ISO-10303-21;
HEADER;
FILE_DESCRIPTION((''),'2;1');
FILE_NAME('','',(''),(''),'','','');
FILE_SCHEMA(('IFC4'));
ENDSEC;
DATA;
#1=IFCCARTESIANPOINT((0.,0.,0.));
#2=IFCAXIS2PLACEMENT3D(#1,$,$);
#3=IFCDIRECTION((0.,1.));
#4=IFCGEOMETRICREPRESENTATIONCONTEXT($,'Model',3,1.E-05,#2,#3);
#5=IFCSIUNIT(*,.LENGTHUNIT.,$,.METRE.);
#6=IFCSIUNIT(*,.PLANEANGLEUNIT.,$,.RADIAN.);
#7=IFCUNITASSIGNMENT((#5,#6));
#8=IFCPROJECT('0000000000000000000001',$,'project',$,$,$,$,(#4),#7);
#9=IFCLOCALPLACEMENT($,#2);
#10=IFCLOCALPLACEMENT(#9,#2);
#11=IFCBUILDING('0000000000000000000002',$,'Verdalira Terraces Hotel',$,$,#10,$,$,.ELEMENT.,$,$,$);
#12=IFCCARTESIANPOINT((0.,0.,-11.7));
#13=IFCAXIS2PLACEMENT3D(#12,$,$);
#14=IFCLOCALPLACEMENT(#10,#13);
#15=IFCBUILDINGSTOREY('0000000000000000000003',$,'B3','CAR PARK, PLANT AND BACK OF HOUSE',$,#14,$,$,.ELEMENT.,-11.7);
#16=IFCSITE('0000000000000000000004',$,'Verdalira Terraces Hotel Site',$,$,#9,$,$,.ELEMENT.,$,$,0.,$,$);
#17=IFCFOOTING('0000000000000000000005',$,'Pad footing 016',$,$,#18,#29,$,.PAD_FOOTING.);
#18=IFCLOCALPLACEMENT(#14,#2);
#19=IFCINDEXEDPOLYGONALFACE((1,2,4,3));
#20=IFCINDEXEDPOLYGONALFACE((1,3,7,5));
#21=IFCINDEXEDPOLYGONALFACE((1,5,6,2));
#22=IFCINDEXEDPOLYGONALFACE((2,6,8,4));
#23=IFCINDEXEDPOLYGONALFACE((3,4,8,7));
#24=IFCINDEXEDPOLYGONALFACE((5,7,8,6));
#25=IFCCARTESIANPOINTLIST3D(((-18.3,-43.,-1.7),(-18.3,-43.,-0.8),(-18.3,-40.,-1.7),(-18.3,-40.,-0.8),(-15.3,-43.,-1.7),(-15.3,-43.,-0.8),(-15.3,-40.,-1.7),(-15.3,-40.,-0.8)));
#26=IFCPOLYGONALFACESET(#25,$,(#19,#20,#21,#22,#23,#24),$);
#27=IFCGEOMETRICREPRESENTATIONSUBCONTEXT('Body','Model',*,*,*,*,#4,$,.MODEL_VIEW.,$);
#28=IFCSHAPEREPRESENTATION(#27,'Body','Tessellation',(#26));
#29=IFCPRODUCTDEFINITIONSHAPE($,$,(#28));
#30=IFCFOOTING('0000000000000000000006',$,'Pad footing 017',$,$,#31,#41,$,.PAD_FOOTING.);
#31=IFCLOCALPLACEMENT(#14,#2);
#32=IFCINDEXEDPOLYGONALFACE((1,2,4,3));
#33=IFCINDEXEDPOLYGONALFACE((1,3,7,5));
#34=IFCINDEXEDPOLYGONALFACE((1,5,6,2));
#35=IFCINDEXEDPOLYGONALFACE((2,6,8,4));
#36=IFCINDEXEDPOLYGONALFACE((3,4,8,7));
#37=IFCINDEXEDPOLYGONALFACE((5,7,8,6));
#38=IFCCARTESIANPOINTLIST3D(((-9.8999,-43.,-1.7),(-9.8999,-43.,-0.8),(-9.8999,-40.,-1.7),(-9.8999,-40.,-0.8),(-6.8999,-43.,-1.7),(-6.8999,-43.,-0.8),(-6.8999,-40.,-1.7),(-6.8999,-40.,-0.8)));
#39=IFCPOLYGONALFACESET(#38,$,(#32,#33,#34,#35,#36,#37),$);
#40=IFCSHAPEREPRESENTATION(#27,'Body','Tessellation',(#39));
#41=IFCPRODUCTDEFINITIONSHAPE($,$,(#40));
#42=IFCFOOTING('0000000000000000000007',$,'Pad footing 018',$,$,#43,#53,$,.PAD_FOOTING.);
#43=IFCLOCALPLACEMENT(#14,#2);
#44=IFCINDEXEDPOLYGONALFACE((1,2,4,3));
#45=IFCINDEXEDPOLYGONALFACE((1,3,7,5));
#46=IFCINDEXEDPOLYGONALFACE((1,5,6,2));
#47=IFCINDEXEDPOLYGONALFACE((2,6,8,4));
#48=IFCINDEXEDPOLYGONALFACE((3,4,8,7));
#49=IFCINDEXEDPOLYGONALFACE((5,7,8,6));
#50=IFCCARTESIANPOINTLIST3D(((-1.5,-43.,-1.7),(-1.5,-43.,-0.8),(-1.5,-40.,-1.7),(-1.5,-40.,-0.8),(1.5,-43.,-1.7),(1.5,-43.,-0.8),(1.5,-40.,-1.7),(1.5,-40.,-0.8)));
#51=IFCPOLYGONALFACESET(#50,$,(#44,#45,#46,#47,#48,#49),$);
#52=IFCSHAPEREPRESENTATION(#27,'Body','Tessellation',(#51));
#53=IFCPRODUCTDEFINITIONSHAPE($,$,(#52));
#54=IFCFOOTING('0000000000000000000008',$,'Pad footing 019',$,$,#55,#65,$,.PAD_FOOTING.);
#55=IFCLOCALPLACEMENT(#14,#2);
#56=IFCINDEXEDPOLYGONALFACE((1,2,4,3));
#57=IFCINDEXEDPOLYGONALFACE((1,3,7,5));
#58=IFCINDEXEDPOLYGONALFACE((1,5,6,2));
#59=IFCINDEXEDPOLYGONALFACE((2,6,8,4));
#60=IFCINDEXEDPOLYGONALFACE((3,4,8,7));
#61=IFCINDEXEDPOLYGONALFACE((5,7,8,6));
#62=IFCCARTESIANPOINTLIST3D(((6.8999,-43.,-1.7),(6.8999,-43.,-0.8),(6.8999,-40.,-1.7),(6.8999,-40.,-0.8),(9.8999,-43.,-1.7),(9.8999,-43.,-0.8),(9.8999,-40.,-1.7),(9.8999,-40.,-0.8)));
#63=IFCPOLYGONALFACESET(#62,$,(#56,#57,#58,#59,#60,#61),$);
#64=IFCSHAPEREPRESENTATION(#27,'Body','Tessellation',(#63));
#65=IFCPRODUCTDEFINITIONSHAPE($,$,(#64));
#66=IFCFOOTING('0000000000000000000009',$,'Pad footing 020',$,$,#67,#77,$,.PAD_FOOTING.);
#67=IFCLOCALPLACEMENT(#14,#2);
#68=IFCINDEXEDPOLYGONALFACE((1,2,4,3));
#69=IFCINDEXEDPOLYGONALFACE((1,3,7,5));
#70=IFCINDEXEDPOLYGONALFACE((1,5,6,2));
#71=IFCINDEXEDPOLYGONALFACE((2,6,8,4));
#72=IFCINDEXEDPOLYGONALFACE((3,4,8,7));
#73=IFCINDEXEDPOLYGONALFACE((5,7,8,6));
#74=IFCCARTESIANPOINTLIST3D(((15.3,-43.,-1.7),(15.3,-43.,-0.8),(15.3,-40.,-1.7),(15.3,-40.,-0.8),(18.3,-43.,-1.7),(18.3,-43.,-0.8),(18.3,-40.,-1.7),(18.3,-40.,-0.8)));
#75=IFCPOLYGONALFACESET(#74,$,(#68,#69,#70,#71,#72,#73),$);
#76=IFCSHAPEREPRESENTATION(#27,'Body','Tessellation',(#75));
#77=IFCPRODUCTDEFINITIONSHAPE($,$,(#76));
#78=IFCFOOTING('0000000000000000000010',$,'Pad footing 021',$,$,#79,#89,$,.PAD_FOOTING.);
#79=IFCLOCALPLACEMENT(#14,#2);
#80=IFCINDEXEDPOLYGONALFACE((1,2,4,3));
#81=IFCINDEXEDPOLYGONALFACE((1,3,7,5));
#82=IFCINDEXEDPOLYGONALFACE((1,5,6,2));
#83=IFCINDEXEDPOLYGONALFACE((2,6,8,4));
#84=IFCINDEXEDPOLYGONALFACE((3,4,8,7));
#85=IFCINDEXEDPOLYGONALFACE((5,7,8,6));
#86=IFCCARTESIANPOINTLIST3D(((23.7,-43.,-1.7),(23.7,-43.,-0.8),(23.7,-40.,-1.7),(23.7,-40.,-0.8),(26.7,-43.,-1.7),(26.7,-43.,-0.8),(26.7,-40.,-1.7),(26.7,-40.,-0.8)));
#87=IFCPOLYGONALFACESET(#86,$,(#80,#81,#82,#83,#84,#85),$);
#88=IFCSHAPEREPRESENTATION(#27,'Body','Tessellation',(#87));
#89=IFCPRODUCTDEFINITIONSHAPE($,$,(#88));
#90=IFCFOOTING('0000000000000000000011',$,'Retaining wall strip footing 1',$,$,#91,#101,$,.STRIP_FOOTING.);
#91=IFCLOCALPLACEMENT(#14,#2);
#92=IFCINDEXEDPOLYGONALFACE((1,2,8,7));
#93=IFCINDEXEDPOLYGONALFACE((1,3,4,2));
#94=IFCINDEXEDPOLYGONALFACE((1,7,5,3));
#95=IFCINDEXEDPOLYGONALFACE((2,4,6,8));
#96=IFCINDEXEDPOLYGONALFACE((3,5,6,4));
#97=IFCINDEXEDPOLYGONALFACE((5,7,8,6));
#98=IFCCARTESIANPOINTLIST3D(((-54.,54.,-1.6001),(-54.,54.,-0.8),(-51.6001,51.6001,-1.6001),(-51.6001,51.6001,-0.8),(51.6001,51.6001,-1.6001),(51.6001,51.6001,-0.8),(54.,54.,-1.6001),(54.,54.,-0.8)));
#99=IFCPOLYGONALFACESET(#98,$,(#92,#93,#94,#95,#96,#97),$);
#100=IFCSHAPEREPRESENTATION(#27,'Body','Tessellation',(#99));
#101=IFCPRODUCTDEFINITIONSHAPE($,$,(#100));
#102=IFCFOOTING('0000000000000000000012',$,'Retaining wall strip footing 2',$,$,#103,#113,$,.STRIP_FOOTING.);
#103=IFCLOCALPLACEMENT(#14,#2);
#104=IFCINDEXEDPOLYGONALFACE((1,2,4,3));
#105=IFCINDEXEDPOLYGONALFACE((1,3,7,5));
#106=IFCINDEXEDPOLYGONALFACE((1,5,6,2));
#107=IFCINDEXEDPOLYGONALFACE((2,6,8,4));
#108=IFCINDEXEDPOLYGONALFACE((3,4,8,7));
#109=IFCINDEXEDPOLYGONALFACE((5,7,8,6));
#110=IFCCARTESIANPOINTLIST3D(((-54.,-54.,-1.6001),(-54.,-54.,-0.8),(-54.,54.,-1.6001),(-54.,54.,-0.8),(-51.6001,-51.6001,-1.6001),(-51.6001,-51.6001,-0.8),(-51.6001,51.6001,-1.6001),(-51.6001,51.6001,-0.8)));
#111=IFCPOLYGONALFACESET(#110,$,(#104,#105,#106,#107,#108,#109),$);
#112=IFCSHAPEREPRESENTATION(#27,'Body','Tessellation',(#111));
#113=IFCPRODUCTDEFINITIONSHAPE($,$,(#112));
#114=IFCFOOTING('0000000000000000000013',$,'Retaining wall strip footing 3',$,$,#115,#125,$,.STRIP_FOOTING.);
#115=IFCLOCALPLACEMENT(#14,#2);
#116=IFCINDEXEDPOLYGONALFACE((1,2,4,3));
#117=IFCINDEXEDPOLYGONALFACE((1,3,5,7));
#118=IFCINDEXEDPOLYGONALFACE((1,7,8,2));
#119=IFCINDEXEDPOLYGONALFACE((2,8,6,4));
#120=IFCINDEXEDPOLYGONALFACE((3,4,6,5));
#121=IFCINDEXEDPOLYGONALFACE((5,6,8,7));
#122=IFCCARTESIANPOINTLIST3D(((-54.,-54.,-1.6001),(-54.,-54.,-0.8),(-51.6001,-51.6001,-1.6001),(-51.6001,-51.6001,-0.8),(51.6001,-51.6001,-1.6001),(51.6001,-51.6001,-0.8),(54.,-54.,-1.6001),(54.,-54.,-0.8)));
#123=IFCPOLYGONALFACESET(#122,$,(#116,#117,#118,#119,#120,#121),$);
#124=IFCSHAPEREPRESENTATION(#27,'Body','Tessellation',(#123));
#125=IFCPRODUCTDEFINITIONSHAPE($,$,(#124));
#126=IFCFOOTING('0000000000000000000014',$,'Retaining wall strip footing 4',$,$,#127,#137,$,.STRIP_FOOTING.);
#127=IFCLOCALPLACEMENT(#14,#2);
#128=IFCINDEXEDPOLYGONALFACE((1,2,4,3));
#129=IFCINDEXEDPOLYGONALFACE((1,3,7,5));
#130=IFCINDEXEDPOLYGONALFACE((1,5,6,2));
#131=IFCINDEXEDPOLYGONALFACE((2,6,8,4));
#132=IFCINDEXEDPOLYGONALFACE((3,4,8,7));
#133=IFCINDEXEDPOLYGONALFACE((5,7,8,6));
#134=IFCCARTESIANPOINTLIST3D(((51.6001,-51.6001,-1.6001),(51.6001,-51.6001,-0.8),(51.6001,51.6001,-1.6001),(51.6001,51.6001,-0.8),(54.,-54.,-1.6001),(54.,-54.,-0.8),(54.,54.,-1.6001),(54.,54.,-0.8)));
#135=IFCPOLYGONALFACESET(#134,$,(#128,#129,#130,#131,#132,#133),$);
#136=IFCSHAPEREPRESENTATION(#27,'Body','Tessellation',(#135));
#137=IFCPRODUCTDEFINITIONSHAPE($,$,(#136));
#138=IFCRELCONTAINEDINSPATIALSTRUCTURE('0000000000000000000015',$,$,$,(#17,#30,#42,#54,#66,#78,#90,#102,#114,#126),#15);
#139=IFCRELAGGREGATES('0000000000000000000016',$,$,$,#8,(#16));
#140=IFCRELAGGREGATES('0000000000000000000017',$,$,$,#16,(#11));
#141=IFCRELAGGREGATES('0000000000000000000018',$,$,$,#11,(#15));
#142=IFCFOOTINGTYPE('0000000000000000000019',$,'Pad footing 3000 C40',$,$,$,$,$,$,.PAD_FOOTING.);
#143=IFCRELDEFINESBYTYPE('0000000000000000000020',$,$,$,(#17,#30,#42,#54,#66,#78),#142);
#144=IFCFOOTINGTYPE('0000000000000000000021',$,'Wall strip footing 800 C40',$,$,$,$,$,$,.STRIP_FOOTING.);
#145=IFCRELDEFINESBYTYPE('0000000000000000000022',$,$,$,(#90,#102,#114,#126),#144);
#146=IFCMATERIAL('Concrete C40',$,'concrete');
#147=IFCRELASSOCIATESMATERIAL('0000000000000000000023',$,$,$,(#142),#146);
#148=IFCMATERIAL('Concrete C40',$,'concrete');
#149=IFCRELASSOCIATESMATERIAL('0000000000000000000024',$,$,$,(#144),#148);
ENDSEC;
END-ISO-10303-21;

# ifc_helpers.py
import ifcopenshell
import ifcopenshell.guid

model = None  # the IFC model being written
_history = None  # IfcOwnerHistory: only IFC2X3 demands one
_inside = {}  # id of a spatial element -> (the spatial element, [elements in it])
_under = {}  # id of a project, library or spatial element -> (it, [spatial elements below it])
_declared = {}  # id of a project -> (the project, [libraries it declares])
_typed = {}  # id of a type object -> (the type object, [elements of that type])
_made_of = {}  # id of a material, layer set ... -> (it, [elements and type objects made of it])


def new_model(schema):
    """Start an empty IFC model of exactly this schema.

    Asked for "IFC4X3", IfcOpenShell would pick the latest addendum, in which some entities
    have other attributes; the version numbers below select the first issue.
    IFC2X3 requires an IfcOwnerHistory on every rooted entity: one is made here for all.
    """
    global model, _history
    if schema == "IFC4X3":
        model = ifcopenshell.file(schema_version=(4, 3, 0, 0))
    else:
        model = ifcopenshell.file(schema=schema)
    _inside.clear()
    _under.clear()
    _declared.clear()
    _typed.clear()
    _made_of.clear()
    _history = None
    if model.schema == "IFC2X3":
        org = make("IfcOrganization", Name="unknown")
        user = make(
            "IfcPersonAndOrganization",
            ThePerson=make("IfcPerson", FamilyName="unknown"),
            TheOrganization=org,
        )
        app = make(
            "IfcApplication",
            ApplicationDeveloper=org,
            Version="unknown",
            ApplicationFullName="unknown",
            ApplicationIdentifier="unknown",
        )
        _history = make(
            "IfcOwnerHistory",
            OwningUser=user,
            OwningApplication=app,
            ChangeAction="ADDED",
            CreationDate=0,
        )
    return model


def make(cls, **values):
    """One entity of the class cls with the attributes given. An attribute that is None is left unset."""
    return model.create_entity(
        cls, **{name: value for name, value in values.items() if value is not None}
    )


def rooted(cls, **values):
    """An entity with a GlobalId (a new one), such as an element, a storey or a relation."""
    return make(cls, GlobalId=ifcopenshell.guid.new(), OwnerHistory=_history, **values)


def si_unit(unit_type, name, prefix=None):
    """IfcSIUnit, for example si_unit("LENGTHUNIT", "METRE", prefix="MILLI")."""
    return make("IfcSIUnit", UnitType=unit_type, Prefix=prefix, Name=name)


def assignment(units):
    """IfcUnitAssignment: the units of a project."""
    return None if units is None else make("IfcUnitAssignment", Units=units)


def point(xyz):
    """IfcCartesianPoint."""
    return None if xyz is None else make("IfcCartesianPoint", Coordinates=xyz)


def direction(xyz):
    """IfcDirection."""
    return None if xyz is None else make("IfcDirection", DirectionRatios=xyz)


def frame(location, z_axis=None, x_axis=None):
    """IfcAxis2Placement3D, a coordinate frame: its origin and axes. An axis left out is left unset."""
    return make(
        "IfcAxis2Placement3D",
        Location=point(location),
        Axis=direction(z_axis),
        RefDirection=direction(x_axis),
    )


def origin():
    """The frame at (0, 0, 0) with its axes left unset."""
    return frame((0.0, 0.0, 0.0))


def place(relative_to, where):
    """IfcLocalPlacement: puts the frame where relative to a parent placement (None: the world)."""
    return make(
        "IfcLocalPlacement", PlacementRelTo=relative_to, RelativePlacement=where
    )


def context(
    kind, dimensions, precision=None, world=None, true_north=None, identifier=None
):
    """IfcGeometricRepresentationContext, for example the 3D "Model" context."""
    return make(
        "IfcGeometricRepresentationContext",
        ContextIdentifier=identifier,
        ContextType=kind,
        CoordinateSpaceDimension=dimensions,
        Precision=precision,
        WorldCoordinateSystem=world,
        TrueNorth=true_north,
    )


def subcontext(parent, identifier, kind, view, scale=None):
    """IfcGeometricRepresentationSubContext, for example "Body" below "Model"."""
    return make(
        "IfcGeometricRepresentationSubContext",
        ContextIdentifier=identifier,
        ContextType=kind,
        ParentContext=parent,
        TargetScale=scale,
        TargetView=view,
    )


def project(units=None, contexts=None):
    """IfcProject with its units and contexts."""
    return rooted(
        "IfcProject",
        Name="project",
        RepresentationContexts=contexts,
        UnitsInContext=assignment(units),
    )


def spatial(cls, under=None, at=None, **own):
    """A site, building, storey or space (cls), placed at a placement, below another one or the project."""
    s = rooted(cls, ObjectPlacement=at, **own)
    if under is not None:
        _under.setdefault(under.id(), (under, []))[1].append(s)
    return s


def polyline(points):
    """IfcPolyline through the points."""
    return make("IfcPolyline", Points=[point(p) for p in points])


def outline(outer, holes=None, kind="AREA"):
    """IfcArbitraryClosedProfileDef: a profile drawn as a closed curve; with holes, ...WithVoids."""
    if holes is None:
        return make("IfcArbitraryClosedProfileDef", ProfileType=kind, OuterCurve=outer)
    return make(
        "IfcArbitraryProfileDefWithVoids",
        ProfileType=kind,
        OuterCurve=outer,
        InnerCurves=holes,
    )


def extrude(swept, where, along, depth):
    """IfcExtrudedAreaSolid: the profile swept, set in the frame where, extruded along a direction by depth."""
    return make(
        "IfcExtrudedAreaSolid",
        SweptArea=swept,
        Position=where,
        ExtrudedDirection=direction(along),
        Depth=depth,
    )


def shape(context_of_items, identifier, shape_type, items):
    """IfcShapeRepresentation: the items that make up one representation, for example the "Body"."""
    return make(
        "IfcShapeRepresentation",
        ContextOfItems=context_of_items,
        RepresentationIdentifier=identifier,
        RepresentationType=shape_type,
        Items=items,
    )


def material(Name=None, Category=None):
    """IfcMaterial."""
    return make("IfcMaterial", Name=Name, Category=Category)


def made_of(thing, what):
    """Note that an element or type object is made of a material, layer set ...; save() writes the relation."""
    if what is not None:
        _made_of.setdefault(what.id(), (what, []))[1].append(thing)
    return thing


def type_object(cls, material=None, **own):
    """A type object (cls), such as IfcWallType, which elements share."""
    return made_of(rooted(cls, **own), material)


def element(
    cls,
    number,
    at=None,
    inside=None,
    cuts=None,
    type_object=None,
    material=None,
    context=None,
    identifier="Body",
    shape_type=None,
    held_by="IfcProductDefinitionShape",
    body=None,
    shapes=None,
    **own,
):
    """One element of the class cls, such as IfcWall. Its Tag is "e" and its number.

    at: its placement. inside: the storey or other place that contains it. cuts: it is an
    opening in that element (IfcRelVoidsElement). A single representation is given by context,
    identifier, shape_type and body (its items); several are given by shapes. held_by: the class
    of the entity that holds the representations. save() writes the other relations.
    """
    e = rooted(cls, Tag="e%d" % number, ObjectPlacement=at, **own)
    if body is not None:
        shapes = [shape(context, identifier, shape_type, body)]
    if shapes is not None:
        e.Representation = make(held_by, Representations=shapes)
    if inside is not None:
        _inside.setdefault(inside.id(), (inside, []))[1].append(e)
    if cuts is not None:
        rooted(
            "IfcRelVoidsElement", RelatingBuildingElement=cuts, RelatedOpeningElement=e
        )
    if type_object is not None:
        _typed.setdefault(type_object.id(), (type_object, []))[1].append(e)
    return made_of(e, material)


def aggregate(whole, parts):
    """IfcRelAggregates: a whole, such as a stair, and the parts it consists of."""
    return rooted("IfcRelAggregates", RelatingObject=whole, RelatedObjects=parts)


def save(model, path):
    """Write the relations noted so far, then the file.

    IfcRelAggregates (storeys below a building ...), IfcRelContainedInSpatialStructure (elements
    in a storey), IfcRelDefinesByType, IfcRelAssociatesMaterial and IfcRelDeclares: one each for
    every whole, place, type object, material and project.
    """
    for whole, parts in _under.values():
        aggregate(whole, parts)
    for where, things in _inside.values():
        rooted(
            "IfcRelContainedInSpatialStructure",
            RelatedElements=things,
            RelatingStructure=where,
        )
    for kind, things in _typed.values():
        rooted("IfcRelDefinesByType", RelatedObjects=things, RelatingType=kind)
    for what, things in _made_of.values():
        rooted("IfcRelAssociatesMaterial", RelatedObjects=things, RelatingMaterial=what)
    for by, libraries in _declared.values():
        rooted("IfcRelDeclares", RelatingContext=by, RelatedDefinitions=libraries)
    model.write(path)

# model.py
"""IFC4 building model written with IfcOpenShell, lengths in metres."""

from ifc_helpers import new_model, si_unit, direction, frame, origin, place, context, subcontext, project, spatial, polyline, outline, extrude, material, type_object, element, save


model = new_model("IFC4")

# Units and contexts
model_context = context("Model", 3, precision=1e-05, world=origin(), true_north=direction((0.0, 1.0)))
body_context = subcontext(model_context, "Body", "Model", "MODEL_VIEW")
ifc_project = project(units=[si_unit("LENGTHUNIT", "METRE"), si_unit("PLANEANGLEUNIT", "RADIAN")], contexts=[model_context])

# Site, building, storey
site_placement = place(None, origin())
site = spatial("IfcSite", under=ifc_project, at=site_placement, Name="Verdalira Terraces Hotel Site", CompositionType="ELEMENT", RefElevation=0.0)
building_placement = place(site_placement, origin())
building = spatial("IfcBuilding", under=site, at=building_placement, Name="Verdalira Terraces Hotel", CompositionType="ELEMENT")
storey_placement = place(building_placement, frame((0.0, 0.0, -11.7)))
storey = spatial("IfcBuildingStorey", under=building, at=storey_placement, Name="B3", Description="CAR PARK, PLANT AND BACK OF HOUSE", CompositionType="ELEMENT", Elevation=-11.7)

# Footings
ifc_material_1 = material(Name="Concrete C40", Category="concrete")
footing_type_1 = type_object("IfcFootingType", Name="Pad footing 3000 C40", PredefinedType="PAD_FOOTING", material=ifc_material_1)
footing_1_placement = place(storey_placement, frame((0.0, 0.0, -1.7)))
element("IfcFooting", 1, at=footing_1_placement, inside=storey, type_object=footing_type_1, Name="Pad footing 016", PredefinedType="PAD_FOOTING", context=body_context, shape_type="SweptSolid", body=[
    extrude(outline(polyline([(-15.3, -43.0), (-15.3, -40.0), (-18.3, -40.0), (-18.3, -43.0), (-15.3, -43.0)])), origin(), (0.0, 0.0, 1.0), 0.8999),
])
footing_2_placement = place(storey_placement, frame((0.0, 0.0, -1.7)))
element("IfcFooting", 2, at=footing_2_placement, inside=storey, type_object=footing_type_1, Name="Pad footing 017", PredefinedType="PAD_FOOTING", context=body_context, shape_type="SweptSolid", body=[
    extrude(outline(polyline([(-6.8999, -43.0), (-6.8999, -40.0), (-9.8999, -40.0), (-9.8999, -43.0), (-6.8999, -43.0)])), origin(), (0.0, 0.0, 1.0), 0.8999),
])
footing_3_placement = place(storey_placement, frame((0.0, 0.0, -1.7)))
element("IfcFooting", 3, at=footing_3_placement, inside=storey, type_object=footing_type_1, Name="Pad footing 018", PredefinedType="PAD_FOOTING", context=body_context, shape_type="SweptSolid", body=[
    extrude(outline(polyline([(1.5, -43.0), (1.5, -40.0), (-1.5, -40.0), (-1.5, -43.0), (1.5, -43.0)])), origin(), (0.0, 0.0, 1.0), 0.8999),
])
footing_4_placement = place(storey_placement, frame((0.0, 0.0, -1.7)))
element("IfcFooting", 4, at=footing_4_placement, inside=storey, type_object=footing_type_1, Name="Pad footing 019", PredefinedType="PAD_FOOTING", context=body_context, shape_type="SweptSolid", body=[
    extrude(outline(polyline([(9.8999, -43.0), (9.8999, -40.0), (6.8999, -40.0), (6.8999, -43.0), (9.8999, -43.0)])), origin(), (0.0, 0.0, 1.0), 0.8999),
])
footing_5_placement = place(storey_placement, frame((0.0, 0.0, -1.7)))
element("IfcFooting", 5, at=footing_5_placement, inside=storey, type_object=footing_type_1, Name="Pad footing 020", PredefinedType="PAD_FOOTING", context=body_context, shape_type="SweptSolid", body=[
    extrude(outline(polyline([(18.3, -43.0), (18.3, -40.0), (15.3, -40.0), (15.3, -43.0), (18.3, -43.0)])), origin(), (0.0, 0.0, 1.0), 0.8999),
])
footing_6_placement = place(storey_placement, frame((0.0, 0.0, -1.7)))
element("IfcFooting", 6, at=footing_6_placement, inside=storey, type_object=footing_type_1, Name="Pad footing 021", PredefinedType="PAD_FOOTING", context=body_context, shape_type="SweptSolid", body=[
    extrude(outline(polyline([(26.7, -43.0), (26.7, -40.0), (23.7, -40.0), (23.7, -43.0), (26.7, -43.0)])), origin(), (0.0, 0.0, 1.0), 0.8999),
])
ifc_material_2 = material(Name="Concrete C40", Category="concrete")
footing_type_2 = type_object("IfcFootingType", Name="Wall strip footing 800 C40", PredefinedType="STRIP_FOOTING", material=ifc_material_2)
footing_7_placement = place(storey_placement, frame((0.0, 0.0, -1.6001)))
element("IfcFooting", 7, at=footing_7_placement, inside=storey, type_object=footing_type_2, Name="Retaining wall strip footing 1", PredefinedType="STRIP_FOOTING", context=body_context, shape_type="SweptSolid", body=[
    extrude(outline(polyline([(54.0, 54.0), (-54.0, 54.0), (-51.6001, 51.6001), (51.6001, 51.6001), (54.0, 54.0)])), origin(), (0.0, 0.0, 1.0), 0.8),
])
footing_8_placement = place(storey_placement, frame((0.0, 0.0, -1.6001)))
element("IfcFooting", 8, at=footing_8_placement, inside=storey, type_object=footing_type_2, Name="Retaining wall strip footing 2", PredefinedType="STRIP_FOOTING", context=body_context, shape_type="SweptSolid", body=[
    extrude(outline(polyline([(-54.0, 54.0), (-54.0, -54.0), (-51.6001, -51.6001), (-51.6001, 51.6001), (-54.0, 54.0)])), origin(), (0.0, 0.0, 1.0), 0.8),
])
footing_9_placement = place(storey_placement, frame((0.0, 0.0, -1.6001)))
element("IfcFooting", 9, at=footing_9_placement, inside=storey, type_object=footing_type_2, Name="Retaining wall strip footing 3", PredefinedType="STRIP_FOOTING", context=body_context, shape_type="SweptSolid", body=[
    extrude(outline(polyline([(-54.0, -54.0), (54.0, -54.0), (51.6001, -51.6001), (-51.6001, -51.6001), (-54.0, -54.0)])), origin(), (0.0, 0.0, 1.0), 0.8),
])
footing_10_placement = place(storey_placement, frame((0.0, 0.0, -1.6001)))
element("IfcFooting", 10, at=footing_10_placement, inside=storey, type_object=footing_type_2, Name="Retaining wall strip footing 4", PredefinedType="STRIP_FOOTING", context=body_context, shape_type="SweptSolid", body=[
    extrude(outline(polyline([(54.0, -54.0), (54.0, 54.0), (51.6001, 51.6001), (51.6001, -51.6001), (54.0, -54.0)])), origin(), (0.0, 0.0, 1.0), 0.8),
])

save(model, "model.ifc")
